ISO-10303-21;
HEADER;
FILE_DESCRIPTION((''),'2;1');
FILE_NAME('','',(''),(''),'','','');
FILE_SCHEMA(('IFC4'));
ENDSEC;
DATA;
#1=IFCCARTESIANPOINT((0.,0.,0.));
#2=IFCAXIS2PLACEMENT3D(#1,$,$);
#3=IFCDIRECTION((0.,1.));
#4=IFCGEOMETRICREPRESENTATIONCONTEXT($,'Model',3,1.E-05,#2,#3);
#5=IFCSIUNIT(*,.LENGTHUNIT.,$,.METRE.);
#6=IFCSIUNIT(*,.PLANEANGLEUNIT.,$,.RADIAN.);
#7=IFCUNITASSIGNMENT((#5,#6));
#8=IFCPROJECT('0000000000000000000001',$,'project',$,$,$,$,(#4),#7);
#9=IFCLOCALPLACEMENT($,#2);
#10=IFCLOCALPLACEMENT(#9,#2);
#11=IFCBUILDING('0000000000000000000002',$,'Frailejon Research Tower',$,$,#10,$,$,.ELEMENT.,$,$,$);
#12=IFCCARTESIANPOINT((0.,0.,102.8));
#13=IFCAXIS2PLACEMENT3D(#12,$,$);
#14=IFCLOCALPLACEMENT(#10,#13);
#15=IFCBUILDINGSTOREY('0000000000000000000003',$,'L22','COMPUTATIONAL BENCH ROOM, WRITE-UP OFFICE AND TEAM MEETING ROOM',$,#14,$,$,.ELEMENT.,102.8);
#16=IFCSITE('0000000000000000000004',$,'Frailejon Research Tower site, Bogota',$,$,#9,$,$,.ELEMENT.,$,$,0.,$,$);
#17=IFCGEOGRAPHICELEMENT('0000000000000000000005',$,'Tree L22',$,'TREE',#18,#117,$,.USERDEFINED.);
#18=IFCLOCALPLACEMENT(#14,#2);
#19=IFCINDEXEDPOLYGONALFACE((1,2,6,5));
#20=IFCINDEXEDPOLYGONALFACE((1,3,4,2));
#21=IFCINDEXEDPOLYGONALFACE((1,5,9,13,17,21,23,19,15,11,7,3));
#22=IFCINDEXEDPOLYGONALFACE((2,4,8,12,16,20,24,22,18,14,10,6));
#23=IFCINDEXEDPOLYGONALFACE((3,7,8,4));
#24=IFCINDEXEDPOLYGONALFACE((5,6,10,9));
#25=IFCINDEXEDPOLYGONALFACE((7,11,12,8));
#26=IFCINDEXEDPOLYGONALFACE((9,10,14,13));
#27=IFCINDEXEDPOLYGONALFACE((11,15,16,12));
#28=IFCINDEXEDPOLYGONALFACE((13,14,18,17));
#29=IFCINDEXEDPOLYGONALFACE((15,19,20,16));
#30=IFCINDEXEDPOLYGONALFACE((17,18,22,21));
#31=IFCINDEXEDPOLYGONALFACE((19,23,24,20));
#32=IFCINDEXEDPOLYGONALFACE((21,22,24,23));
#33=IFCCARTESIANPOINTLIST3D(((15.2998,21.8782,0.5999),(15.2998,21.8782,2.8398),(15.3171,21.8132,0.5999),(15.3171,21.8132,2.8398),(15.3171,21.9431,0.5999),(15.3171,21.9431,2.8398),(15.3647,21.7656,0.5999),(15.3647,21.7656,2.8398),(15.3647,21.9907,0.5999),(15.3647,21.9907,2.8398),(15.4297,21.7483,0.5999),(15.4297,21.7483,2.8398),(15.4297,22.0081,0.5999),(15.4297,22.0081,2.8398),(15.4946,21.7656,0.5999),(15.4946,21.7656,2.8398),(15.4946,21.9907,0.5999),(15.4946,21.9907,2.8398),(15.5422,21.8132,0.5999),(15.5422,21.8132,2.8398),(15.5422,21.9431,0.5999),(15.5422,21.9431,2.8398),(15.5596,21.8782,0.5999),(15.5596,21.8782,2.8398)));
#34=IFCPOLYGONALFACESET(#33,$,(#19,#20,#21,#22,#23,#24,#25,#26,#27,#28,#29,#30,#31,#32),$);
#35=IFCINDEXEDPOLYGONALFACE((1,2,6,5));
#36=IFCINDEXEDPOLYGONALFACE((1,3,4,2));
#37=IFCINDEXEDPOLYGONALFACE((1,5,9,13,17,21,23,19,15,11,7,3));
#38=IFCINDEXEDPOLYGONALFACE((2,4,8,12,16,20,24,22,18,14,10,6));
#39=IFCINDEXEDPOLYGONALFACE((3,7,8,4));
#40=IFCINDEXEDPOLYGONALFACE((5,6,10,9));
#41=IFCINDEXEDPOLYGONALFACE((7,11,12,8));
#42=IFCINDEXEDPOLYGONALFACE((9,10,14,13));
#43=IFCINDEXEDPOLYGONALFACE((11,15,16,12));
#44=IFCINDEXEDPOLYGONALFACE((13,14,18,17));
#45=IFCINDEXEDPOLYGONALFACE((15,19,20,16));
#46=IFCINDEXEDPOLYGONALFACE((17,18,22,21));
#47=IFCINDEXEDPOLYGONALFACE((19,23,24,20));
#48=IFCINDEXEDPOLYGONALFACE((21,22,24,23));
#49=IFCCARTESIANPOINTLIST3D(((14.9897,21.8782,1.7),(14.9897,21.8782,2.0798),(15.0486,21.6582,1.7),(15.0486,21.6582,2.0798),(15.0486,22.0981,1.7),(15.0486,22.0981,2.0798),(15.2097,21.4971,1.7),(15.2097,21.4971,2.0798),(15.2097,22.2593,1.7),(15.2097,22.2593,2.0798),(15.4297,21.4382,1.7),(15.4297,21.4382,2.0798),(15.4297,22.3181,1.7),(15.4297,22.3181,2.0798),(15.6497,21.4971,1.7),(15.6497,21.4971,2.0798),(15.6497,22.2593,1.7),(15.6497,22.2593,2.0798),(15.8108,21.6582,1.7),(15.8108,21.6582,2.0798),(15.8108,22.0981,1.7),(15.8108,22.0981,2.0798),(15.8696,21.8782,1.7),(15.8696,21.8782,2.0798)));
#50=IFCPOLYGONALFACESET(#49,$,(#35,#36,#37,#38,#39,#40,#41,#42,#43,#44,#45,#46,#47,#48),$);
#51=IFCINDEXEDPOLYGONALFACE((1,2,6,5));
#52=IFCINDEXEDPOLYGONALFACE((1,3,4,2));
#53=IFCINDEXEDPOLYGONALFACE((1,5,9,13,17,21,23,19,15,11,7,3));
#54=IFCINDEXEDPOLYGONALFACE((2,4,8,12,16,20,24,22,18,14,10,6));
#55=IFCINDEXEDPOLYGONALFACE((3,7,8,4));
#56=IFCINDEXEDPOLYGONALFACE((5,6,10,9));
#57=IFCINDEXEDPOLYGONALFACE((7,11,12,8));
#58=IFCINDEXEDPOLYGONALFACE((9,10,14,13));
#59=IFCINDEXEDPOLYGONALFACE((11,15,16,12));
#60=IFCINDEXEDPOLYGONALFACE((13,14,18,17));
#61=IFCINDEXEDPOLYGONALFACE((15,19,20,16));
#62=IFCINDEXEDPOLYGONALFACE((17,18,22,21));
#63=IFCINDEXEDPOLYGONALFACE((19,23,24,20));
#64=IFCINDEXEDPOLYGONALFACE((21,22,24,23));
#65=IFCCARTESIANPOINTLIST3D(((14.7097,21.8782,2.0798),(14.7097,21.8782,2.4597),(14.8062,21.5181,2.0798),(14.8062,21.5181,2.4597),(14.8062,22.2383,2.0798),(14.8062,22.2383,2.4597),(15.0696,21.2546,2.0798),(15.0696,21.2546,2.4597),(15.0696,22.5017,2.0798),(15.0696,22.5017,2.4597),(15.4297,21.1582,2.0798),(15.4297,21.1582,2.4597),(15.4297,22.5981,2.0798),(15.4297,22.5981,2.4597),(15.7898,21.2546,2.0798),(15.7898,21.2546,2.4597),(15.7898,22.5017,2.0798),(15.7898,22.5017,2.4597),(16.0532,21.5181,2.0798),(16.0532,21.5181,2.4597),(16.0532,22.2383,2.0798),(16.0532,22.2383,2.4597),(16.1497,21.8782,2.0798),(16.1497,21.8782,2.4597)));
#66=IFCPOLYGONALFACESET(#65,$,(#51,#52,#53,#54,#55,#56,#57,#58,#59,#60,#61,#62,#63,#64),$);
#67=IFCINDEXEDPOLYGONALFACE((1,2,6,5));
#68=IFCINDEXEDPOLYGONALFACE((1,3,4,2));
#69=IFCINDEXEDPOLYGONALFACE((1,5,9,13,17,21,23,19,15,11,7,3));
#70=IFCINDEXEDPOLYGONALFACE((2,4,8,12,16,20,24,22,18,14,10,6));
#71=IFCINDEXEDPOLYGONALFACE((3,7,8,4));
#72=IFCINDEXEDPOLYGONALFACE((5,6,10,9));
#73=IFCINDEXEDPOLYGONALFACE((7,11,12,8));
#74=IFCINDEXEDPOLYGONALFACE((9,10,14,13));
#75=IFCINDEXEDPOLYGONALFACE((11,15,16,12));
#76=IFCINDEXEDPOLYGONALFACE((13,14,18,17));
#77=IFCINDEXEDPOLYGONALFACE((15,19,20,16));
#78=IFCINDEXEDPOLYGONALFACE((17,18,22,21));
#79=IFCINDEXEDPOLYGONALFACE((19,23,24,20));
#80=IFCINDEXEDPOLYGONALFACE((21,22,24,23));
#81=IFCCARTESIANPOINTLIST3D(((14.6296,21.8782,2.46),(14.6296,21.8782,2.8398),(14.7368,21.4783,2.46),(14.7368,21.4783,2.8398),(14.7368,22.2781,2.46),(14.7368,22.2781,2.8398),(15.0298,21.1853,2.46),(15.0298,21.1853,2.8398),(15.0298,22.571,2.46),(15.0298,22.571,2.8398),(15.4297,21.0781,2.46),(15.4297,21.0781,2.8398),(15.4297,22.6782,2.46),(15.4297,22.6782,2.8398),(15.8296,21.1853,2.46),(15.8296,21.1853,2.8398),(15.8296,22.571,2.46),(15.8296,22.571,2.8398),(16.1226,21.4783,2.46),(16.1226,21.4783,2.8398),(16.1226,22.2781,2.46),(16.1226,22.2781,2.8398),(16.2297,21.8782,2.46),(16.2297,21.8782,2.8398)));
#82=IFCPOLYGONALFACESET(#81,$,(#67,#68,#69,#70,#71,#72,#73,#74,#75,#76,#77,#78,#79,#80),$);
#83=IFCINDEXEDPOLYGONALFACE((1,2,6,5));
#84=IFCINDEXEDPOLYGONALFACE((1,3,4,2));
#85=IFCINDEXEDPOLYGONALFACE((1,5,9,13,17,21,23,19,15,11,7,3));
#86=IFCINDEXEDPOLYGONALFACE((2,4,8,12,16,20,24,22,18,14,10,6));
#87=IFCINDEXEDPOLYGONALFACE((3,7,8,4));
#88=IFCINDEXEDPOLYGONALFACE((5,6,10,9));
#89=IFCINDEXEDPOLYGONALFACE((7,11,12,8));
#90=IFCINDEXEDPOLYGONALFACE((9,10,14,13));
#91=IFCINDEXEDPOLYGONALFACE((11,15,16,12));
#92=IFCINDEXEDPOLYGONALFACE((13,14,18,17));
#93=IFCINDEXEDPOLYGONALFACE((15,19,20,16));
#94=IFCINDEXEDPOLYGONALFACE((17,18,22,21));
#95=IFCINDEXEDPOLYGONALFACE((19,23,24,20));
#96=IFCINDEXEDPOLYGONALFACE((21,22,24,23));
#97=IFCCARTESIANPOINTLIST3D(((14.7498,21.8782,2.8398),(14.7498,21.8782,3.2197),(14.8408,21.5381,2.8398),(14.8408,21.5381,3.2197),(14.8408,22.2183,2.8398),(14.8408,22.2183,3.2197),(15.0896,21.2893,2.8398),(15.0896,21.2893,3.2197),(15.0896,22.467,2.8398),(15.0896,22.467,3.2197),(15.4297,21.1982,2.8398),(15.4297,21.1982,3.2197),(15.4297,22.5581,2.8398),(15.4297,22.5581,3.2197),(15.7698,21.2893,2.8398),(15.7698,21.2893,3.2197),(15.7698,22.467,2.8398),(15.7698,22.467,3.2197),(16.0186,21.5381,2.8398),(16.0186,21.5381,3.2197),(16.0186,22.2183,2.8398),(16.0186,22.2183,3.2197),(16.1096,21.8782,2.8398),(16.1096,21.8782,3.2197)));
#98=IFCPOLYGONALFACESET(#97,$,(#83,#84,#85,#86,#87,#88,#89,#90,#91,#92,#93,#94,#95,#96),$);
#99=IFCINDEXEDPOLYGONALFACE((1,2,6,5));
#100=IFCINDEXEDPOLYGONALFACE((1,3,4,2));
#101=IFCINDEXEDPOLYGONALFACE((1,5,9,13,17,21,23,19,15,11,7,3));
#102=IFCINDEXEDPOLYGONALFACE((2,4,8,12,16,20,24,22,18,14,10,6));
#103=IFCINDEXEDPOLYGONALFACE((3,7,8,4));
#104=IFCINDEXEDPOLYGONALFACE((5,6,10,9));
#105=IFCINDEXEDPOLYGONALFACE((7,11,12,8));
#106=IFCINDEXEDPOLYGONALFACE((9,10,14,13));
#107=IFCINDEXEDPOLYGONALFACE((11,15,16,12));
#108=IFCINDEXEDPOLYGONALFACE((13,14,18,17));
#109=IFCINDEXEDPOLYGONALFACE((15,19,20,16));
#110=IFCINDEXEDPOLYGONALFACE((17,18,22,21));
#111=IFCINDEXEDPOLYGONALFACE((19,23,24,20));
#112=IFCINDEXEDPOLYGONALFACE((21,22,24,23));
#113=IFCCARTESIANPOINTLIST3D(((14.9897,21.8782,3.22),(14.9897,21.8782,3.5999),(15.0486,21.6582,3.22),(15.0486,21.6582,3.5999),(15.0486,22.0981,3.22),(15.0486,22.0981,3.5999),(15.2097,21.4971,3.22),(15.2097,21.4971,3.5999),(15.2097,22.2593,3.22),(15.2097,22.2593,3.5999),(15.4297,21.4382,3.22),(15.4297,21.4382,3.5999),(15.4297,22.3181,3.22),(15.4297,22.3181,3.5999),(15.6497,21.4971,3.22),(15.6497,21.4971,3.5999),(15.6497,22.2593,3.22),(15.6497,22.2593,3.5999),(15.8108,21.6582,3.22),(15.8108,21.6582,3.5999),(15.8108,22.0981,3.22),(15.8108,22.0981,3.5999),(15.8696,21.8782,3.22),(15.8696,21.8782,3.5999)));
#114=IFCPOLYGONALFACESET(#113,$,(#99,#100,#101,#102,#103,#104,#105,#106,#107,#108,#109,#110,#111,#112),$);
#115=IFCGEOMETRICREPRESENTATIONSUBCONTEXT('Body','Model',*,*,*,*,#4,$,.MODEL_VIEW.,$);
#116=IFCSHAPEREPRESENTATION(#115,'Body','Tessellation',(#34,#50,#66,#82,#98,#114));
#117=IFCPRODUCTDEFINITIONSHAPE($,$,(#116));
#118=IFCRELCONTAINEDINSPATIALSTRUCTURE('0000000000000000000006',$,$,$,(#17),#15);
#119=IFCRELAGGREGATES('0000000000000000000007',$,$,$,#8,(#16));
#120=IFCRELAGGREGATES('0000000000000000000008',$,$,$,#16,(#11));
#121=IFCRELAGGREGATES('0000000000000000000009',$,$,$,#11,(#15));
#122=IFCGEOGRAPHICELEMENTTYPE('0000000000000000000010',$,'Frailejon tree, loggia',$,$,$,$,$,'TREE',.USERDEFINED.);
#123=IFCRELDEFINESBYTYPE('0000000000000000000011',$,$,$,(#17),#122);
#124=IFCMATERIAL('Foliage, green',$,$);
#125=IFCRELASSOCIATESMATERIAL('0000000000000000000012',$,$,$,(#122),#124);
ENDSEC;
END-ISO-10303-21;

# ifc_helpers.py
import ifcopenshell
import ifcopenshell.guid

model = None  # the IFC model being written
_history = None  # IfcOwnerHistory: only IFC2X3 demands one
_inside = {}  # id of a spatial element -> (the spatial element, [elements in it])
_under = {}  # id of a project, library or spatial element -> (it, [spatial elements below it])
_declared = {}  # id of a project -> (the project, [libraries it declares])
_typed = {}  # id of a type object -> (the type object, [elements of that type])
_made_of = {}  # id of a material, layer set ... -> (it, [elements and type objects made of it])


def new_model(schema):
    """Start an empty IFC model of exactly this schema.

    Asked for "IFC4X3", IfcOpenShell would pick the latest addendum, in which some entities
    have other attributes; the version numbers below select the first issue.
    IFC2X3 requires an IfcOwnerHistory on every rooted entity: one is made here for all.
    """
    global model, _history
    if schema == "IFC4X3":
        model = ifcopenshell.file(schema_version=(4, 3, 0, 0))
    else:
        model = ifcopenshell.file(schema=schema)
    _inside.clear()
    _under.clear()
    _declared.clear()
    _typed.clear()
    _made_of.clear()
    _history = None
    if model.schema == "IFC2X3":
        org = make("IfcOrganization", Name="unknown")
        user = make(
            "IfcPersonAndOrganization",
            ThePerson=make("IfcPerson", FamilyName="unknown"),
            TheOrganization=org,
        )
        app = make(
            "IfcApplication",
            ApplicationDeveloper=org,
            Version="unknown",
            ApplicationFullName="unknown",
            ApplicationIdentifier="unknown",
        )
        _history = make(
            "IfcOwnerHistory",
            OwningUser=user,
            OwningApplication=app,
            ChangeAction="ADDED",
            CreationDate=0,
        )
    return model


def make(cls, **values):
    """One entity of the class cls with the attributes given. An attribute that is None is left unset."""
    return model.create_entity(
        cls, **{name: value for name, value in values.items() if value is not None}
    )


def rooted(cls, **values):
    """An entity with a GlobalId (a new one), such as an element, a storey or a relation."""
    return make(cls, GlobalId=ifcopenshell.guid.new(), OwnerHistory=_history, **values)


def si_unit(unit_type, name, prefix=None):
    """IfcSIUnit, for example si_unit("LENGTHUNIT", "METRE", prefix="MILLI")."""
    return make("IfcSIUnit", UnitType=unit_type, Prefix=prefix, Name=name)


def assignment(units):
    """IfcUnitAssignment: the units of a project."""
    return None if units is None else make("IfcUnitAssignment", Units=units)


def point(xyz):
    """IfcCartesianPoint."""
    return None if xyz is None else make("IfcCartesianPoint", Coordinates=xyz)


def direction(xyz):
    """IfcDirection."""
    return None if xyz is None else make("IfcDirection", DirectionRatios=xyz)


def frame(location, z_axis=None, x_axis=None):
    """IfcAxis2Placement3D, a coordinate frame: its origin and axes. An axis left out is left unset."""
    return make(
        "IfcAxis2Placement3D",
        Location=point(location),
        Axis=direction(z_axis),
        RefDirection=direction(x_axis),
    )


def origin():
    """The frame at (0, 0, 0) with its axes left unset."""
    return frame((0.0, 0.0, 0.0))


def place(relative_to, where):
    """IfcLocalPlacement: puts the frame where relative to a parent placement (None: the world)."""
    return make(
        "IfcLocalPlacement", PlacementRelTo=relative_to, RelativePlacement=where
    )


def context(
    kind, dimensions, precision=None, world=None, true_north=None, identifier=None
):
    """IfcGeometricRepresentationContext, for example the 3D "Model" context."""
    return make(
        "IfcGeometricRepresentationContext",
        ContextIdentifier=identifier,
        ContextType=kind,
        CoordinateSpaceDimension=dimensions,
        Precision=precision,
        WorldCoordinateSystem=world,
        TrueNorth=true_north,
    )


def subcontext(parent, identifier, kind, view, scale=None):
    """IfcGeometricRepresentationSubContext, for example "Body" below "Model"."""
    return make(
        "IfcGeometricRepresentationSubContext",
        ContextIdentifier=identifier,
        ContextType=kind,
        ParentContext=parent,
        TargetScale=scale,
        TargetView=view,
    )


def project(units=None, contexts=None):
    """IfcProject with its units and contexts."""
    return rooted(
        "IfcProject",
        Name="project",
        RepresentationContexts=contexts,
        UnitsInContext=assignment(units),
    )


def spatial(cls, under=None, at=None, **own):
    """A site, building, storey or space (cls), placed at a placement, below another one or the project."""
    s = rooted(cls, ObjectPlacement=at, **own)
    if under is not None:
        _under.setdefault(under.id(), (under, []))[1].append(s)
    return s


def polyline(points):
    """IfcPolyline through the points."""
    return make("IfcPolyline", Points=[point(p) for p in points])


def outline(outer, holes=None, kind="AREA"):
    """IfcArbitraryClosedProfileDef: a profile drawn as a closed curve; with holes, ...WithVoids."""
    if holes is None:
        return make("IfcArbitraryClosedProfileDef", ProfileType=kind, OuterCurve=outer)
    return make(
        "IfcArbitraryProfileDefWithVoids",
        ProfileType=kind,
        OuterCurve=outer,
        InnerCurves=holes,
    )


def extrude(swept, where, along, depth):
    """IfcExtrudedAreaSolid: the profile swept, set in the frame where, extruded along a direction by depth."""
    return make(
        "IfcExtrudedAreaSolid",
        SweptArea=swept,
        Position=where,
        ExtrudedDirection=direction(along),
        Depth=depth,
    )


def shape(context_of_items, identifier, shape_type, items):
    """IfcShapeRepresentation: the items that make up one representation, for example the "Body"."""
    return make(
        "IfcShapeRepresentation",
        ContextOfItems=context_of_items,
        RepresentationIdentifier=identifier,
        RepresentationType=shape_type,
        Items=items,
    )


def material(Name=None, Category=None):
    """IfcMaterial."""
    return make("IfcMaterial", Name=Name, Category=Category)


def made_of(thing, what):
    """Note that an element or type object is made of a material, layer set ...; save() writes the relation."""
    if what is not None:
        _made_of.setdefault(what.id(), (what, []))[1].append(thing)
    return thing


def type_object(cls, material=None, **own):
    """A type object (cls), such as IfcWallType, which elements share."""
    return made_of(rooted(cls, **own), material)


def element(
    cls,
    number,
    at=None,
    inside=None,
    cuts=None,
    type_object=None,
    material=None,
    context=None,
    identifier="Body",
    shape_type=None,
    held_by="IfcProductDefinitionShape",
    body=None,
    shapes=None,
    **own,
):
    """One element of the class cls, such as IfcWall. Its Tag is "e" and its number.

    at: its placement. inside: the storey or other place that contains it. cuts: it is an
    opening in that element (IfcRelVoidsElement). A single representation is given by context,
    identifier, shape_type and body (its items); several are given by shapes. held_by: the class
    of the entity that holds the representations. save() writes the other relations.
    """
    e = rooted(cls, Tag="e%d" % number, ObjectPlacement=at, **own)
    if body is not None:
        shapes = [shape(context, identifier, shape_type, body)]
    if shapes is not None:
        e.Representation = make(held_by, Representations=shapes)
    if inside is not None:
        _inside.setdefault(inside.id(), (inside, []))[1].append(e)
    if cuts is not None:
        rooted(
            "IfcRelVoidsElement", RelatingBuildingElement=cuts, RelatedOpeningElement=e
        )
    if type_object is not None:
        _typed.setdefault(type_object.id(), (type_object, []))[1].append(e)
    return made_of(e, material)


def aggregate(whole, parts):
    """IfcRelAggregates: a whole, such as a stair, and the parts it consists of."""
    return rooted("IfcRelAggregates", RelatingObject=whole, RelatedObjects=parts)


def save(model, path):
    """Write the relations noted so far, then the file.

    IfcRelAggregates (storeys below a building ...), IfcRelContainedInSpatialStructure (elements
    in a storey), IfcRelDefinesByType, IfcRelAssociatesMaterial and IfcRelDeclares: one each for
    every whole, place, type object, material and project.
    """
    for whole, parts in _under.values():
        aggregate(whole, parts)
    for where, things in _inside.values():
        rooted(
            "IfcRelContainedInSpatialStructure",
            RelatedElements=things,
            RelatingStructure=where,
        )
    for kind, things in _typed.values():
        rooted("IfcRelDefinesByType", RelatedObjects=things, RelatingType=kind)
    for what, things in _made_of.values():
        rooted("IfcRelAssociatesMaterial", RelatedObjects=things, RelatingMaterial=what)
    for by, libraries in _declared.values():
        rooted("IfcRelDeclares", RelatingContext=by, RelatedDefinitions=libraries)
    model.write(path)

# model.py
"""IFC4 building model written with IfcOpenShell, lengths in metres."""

from ifc_helpers import new_model, si_unit, direction, frame, origin, place, context, subcontext, project, spatial, polyline, outline, extrude, material, type_object, element, save


model = new_model("IFC4")

# Units and contexts
model_context = context("Model", 3, precision=1e-05, world=origin(), true_north=direction((0.0, 1.0)))
body_context = subcontext(model_context, "Body", "Model", "MODEL_VIEW")
ifc_project = project(units=[si_unit("LENGTHUNIT", "METRE"), si_unit("PLANEANGLEUNIT", "RADIAN")], contexts=[model_context])

# Site, building, storey
site_placement = place(None, origin())
site = spatial("IfcSite", under=ifc_project, at=site_placement, Name="Frailejon Research Tower site, Bogota", CompositionType="ELEMENT", RefElevation=0.0)
building_placement = place(site_placement, origin())
building = spatial("IfcBuilding", under=site, at=building_placement, Name="Frailejon Research Tower", CompositionType="ELEMENT")
storey_placement = place(building_placement, frame((0.0, 0.0, 102.8)))
storey = spatial("IfcBuildingStorey", under=building, at=storey_placement, Name="L22", Description="COMPUTATIONAL BENCH ROOM, WRITE-UP OFFICE AND TEAM MEETING ROOM", CompositionType="ELEMENT", Elevation=102.8)

# Geographic element
ifc_material_1 = material(Name="Foliage, green")
geographic_element_type = type_object("IfcGeographicElementType", Name="Frailejon tree, loggia", ElementType="TREE", PredefinedType="USERDEFINED", material=ifc_material_1)
geographic_element_placement = place(storey_placement, frame((15.4297, 21.8782, 0.5999)))
element("IfcGeographicElement", 1, at=geographic_element_placement, inside=storey, type_object=geographic_element_type, Name="Tree L22", ObjectType="TREE", PredefinedType="USERDEFINED", context=body_context, shape_type="SweptSolid", body=[
    extrude(outline(polyline([(0.1299, 0.0), (0.1125, 0.0649), (0.0649, 0.1125), (0.0, 0.1299), (-0.0649, 0.1125), (-0.1125, 0.0649), (-0.1299, 0.0), (-0.1125, -0.0649), (-0.0649, -0.1125), (0.0, -0.1299), (0.0649, -0.1125), (0.1125, -0.0649), (0.1299, 0.0)])), origin(), (0.0, 0.0, 1.0), 2.24),
    extrude(outline(polyline([(0.4399, 0.0), (0.3811, 0.22), (0.22, 0.3811), (0.0, 0.4399), (-0.22, 0.3811), (-0.3811, 0.22), (-0.4399, 0.0), (-0.3811, -0.22), (-0.22, -0.3811), (0.0, -0.4399), (0.22, -0.3811), (0.3811, -0.22), (0.4399, 0.0)])), frame((0.0, 0.0, 1.1001)), (0.0, 0.0, 1.0), 0.3799),
    extrude(outline(polyline([(0.72, 0.0), (0.6235, 0.3601), (0.3601, 0.6235), (0.0, 0.72), (-0.3601, 0.6235), (-0.6235, 0.3601), (-0.72, 0.0), (-0.6235, -0.3601), (-0.3601, -0.6235), (0.0, -0.72), (0.3601, -0.6235), (0.6235, -0.3601), (0.72, 0.0)])), frame((0.0, 0.0, 1.48)), (0.0, 0.0, 1.0), 0.3799),
    extrude(outline(polyline([(0.8, 0.0), (0.6929, 0.3999), (0.3999, 0.6929), (0.0, 0.8), (-0.3999, 0.6929), (-0.6929, 0.3999), (-0.8, 0.0), (-0.6929, -0.3999), (-0.3999, -0.6929), (0.0, -0.8), (0.3999, -0.6929), (0.6929, -0.3999), (0.8, 0.0)])), frame((0.0, 0.0, 1.8601)), (0.0, 0.0, 1.0), 0.3799),
    extrude(outline(polyline([(0.6799, 0.0), (0.5889, 0.3401), (0.3401, 0.5889), (0.0, 0.6799), (-0.3401, 0.5889), (-0.5889, 0.3401), (-0.6799, 0.0), (-0.5889, -0.3401), (-0.3401, -0.5889), (0.0, -0.6799), (0.3401, -0.5889), (0.5889, -0.3401), (0.6799, 0.0)])), frame((0.0, 0.0, 2.24)), (0.0, 0.0, 1.0), 0.3799),
    extrude(outline(polyline([(0.4399, 0.0), (0.3811, 0.22), (0.22, 0.3811), (0.0, 0.4399), (-0.22, 0.3811), (-0.3811, 0.22), (-0.4399, 0.0), (-0.3811, -0.22), (-0.22, -0.3811), (0.0, -0.4399), (0.22, -0.3811), (0.3811, -0.22), (0.4399, 0.0)])), frame((0.0, 0.0, 2.6201)), (0.0, 0.0, 1.0), 0.3799),
])

save(model, "model.ifc")
